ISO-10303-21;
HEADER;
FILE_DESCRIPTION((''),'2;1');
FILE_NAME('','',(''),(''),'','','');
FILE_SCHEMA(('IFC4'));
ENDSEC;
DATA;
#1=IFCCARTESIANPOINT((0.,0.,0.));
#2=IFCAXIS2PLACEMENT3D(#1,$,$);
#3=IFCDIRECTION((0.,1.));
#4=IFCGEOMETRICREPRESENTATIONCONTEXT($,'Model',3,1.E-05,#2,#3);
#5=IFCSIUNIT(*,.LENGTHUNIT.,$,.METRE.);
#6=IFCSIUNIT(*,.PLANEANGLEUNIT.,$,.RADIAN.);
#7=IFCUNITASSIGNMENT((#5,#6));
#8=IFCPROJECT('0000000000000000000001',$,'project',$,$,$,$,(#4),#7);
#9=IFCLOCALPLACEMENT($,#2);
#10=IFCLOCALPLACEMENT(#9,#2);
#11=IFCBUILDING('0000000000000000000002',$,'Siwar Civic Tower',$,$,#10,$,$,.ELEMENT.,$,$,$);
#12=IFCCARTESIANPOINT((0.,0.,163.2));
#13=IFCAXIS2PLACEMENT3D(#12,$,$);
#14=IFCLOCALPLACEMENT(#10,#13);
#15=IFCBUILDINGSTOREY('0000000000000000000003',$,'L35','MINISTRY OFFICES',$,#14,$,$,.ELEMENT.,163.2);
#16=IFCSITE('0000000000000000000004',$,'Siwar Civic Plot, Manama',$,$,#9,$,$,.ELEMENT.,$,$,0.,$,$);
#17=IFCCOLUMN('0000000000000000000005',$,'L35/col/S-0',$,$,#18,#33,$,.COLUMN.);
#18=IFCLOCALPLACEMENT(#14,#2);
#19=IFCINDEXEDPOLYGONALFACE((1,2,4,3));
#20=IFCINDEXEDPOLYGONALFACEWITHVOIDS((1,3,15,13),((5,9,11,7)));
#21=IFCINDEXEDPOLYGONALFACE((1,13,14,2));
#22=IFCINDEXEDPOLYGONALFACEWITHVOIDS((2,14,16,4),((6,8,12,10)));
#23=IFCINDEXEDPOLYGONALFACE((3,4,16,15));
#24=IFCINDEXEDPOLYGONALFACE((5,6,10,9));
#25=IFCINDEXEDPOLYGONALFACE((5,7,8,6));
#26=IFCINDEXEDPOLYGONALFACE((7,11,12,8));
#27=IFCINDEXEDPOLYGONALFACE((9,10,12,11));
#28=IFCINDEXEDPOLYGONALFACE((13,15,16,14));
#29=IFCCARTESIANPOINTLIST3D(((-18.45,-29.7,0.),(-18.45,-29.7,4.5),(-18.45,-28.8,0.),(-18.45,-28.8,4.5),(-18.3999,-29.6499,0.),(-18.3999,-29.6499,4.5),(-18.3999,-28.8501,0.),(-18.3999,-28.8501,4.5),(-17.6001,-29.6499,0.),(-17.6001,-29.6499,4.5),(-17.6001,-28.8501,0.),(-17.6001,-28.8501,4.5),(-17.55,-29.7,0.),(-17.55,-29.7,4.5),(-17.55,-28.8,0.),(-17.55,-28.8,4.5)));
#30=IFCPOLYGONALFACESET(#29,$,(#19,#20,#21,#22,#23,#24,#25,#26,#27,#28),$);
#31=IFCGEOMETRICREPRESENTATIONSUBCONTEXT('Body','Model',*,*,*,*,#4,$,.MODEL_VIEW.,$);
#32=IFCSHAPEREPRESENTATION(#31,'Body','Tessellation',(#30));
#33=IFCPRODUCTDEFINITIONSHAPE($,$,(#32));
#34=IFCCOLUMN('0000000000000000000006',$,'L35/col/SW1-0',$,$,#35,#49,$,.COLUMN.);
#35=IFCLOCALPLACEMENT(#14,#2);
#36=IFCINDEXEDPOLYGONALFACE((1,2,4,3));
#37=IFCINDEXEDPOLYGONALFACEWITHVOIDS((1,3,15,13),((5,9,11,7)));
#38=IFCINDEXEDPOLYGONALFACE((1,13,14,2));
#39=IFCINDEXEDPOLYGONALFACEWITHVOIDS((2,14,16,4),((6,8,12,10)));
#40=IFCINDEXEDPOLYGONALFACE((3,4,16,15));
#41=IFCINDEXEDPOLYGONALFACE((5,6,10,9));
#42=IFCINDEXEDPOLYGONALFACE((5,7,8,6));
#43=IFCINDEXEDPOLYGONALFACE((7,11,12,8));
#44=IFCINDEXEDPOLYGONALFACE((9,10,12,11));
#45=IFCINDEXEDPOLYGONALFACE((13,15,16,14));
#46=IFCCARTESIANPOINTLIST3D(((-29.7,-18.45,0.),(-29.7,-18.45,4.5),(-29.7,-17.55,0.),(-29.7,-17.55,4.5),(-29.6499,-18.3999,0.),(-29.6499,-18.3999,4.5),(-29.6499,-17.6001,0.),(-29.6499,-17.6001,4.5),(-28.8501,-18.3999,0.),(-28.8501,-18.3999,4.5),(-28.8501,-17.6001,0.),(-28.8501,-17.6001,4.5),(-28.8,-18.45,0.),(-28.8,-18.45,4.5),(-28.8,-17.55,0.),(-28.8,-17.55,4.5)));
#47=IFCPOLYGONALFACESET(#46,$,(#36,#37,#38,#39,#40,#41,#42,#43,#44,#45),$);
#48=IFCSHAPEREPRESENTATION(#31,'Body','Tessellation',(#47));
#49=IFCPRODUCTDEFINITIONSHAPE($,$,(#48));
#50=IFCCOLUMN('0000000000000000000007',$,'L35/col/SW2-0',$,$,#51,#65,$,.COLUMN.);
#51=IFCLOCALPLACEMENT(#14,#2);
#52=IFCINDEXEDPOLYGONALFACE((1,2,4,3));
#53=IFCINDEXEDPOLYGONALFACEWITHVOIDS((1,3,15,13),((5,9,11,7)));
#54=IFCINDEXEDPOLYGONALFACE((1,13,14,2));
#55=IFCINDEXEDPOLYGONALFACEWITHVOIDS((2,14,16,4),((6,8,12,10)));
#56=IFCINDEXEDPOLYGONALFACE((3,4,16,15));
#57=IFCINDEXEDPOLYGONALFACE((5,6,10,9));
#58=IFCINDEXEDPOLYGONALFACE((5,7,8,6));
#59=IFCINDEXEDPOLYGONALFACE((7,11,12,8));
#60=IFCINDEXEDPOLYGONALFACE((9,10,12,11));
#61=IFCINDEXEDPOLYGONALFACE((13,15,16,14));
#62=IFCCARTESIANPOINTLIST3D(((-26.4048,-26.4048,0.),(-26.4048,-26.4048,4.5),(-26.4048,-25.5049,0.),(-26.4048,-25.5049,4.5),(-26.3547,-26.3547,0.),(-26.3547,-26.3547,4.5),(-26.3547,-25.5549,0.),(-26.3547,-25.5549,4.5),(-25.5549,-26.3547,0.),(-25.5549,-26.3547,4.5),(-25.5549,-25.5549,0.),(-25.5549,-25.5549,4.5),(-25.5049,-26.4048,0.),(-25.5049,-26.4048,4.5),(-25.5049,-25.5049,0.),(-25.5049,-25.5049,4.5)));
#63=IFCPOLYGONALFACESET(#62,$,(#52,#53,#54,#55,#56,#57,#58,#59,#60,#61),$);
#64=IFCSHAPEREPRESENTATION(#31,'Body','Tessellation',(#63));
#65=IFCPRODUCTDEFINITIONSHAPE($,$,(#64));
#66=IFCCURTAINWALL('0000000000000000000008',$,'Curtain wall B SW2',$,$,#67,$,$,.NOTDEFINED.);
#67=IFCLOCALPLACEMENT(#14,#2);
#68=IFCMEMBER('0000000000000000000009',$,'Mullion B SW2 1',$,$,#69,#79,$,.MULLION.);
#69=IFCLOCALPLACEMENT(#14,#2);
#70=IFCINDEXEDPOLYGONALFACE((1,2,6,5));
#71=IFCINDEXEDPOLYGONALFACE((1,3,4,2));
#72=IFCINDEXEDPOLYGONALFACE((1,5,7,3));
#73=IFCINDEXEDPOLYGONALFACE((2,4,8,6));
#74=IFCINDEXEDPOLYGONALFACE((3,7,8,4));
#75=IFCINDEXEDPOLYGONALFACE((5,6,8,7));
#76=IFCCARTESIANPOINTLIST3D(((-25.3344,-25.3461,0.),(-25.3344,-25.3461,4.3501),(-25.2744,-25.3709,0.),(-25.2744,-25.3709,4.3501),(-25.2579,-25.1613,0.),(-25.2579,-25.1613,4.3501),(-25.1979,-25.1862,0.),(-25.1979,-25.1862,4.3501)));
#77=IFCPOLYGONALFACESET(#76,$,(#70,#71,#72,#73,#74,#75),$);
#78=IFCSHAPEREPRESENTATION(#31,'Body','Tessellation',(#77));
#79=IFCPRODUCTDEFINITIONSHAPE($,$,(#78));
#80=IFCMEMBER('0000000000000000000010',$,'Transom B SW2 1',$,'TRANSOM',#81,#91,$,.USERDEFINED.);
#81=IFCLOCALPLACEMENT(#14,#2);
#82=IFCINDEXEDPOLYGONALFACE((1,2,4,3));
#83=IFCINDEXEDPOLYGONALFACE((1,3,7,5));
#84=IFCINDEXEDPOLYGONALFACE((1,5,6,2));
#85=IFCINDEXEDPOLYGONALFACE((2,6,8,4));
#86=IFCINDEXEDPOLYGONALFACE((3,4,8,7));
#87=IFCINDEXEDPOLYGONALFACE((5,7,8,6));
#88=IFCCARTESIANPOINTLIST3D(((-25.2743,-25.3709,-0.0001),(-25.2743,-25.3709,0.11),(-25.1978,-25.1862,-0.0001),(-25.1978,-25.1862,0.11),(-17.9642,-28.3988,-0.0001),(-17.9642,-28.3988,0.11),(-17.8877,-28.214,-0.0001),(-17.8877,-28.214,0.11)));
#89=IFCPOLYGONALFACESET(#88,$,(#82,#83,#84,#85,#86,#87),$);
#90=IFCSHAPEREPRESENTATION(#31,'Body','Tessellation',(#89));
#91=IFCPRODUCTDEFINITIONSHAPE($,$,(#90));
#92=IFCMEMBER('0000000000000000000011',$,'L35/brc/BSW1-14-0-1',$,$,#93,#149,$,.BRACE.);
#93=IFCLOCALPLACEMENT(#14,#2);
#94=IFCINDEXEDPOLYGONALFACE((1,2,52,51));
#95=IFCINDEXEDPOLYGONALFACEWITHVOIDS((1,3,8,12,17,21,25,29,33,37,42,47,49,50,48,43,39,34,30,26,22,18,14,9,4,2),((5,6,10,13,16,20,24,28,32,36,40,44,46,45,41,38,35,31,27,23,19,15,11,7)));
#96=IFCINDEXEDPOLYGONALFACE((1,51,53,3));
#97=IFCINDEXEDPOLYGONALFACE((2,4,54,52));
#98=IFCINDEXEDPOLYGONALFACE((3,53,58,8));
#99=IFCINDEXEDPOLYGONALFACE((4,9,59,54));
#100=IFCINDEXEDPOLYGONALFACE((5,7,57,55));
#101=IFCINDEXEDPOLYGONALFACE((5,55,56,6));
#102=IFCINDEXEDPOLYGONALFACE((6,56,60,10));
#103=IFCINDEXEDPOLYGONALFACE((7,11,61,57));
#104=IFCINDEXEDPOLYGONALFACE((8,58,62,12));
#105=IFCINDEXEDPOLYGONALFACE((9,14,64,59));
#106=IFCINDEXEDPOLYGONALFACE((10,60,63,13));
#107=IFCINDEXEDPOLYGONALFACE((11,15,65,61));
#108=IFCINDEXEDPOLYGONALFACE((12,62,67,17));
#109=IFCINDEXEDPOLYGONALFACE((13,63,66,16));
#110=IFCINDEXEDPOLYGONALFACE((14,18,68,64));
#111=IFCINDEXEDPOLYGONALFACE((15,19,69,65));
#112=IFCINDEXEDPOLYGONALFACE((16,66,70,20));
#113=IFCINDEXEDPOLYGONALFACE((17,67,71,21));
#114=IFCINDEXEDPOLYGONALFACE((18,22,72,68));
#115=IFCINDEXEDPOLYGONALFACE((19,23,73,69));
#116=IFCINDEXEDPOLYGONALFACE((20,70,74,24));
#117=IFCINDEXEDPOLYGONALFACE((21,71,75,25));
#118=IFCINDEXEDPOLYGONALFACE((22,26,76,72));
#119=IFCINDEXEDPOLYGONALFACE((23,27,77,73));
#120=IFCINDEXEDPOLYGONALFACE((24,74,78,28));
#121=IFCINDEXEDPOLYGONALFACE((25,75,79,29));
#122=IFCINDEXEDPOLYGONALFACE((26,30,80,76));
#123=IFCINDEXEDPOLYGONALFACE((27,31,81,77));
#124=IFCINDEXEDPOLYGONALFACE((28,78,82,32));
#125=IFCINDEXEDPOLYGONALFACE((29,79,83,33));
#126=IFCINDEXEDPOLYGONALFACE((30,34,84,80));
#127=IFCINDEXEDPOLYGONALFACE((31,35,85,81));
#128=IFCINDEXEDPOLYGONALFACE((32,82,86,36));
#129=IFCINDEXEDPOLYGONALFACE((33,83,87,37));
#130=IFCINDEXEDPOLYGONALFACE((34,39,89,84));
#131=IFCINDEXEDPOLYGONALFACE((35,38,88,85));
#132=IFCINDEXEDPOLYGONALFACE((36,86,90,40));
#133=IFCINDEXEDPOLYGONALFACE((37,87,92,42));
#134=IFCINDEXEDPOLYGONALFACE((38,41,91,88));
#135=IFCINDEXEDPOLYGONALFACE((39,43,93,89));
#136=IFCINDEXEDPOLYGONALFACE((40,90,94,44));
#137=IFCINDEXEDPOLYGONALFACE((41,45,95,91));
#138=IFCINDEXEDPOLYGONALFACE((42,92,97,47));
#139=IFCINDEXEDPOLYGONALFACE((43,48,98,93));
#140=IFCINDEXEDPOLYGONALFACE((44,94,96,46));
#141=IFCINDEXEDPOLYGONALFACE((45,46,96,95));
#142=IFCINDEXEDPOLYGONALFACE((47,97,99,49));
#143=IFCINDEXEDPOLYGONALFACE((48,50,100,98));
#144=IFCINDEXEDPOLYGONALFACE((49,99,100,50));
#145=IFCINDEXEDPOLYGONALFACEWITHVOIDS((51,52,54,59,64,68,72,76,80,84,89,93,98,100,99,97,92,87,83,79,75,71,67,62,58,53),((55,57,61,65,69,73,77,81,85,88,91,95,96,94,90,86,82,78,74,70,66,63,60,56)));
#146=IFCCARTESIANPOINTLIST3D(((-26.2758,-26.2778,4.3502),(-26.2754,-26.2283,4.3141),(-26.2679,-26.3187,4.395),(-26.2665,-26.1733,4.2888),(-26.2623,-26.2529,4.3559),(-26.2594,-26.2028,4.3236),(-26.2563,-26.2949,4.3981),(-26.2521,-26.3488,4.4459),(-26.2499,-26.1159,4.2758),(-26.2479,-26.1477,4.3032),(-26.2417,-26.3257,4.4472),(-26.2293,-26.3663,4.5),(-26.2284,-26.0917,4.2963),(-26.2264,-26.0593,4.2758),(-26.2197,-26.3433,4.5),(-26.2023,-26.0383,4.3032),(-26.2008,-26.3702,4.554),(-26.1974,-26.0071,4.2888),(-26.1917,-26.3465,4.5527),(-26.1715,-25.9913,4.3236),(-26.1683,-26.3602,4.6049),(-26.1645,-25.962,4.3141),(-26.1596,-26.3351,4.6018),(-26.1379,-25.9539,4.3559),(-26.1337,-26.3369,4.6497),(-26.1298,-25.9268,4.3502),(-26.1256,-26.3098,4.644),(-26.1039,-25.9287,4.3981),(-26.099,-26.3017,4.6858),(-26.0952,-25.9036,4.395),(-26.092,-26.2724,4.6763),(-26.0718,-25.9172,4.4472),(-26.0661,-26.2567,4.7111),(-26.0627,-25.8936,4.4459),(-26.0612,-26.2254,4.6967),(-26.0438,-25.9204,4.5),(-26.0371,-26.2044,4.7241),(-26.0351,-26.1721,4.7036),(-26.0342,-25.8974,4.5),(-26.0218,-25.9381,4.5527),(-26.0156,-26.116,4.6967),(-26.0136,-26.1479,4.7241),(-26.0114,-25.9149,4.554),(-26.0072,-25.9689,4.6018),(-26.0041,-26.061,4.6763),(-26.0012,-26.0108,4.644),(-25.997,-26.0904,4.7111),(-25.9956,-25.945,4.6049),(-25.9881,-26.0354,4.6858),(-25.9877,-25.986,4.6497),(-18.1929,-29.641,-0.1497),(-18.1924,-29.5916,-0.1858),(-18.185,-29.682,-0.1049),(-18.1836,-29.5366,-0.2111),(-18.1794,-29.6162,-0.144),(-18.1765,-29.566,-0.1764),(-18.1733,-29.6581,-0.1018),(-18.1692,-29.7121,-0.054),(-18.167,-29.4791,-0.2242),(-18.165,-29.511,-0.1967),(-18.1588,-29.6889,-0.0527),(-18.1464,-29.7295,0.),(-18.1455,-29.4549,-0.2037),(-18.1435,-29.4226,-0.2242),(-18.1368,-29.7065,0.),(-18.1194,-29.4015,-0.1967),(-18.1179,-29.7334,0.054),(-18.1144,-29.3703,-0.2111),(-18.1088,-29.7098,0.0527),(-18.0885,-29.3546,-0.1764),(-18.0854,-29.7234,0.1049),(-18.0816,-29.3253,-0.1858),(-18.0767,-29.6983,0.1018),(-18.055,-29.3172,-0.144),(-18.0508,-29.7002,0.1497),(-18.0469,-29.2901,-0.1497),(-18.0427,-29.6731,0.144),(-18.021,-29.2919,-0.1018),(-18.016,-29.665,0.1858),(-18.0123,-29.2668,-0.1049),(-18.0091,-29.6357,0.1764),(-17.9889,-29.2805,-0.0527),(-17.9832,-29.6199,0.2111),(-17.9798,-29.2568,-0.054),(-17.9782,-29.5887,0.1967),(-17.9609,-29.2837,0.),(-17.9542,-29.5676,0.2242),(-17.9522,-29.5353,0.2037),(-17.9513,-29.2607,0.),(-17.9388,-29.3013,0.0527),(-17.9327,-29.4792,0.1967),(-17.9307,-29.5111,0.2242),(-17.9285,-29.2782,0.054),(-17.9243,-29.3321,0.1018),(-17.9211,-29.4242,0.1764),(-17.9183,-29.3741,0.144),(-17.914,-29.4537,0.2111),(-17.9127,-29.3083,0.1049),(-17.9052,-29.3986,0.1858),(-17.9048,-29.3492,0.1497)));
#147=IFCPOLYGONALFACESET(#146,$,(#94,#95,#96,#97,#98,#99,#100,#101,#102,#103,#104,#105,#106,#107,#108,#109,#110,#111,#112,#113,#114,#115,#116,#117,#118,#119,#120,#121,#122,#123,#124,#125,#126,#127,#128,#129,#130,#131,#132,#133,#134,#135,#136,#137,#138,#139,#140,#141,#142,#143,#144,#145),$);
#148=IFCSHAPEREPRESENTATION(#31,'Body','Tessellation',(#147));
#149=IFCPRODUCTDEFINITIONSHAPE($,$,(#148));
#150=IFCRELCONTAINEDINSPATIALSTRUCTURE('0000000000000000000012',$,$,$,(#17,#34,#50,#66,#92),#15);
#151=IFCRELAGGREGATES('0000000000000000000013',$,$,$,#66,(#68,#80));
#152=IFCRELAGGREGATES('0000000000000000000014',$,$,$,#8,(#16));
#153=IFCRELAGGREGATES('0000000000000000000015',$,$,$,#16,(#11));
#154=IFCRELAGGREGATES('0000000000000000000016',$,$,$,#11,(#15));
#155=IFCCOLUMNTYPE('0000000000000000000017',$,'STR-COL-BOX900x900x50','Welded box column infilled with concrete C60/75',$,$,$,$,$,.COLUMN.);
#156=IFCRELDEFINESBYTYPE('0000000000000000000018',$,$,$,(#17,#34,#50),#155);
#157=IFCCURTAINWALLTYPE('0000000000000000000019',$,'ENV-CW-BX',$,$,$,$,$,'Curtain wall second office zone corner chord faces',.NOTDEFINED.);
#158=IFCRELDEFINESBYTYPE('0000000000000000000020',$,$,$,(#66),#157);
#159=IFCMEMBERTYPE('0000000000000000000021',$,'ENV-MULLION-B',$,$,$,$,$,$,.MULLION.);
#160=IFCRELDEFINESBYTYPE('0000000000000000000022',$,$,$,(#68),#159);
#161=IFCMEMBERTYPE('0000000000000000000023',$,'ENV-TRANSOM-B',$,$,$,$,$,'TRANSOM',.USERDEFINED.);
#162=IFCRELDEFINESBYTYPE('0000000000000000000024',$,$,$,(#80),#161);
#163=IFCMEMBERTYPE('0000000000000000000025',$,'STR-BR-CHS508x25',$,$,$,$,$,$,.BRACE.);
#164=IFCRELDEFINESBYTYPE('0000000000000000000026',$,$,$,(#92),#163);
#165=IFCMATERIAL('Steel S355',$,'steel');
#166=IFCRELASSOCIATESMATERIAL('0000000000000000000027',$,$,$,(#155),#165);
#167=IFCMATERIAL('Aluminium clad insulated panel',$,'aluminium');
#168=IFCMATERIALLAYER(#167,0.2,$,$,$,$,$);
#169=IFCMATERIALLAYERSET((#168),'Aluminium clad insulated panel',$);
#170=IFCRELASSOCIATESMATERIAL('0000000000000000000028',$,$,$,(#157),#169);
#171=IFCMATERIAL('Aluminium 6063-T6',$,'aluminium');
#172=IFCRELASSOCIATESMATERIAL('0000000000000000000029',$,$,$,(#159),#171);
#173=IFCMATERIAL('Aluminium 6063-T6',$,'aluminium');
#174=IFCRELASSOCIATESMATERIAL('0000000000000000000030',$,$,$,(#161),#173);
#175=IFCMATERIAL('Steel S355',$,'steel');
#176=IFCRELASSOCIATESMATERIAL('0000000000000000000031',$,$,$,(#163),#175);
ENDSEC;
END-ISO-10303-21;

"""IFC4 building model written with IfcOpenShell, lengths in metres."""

from ifc_helpers import new_model, si_unit, direction, frame, origin, origin_2d, place, context, subcontext, project, spatial, rectangle, hollow_rectangle, hollow_circle, extrude, material, layer, layer_set, material_profile, profile_set, type_object, element, aggregate, save


model = new_model("IFC4")

# Units and contexts
model_context = context("Model", 3, precision=1e-05, world=origin(), true_north=direction((0.0, 1.0)))
body_context = subcontext(model_context, "Body", "Model", "MODEL_VIEW")
ifc_project = project(units=[si_unit("LENGTHUNIT", "METRE"), si_unit("PLANEANGLEUNIT", "RADIAN")], contexts=[model_context])

# Site, building, storey
site_placement = place(None, origin())
site = spatial("IfcSite", under=ifc_project, at=site_placement, Name="Siwar Civic Plot, Manama", CompositionType="ELEMENT", RefElevation=0.0)
building_placement = place(site_placement, origin())
building = spatial("IfcBuilding", under=site, at=building_placement, Name="Siwar Civic Tower", CompositionType="ELEMENT")
storey_placement = place(building_placement, frame((0.0, 0.0, 163.2)))
storey = spatial("IfcBuildingStorey", under=building, at=storey_placement, Name="L35", Description="MINISTRY OFFICES", CompositionType="ELEMENT", Elevation=163.2)

# Columns
ifc_material_1 = material(Name="Steel S355", Category="steel")
ifc_material_profile_1 = material_profile(ifc_material_1, hollow_rectangle(XDim=0.8999, YDim=0.8999, WallThickness=0.05, at=origin_2d()), Name="BOX900x900x50")
ifc_profile_set_1 = profile_set([ifc_material_profile_1], Name="Steel S355")
column_type = type_object("IfcColumnType", Name="STR-COL-BOX900x900x50", Description="Welded box column infilled with concrete C60/75", PredefinedType="COLUMN", material=ifc_profile_set_1)
for number, where, z_axis, x_axis, name in (
    (1, (-18.0, -29.25, 0.0), (0.0, 0.0, 1.0), (1.0, 0.0, 0.0), "L35/col/S-0"),
    (2, (-29.25, -18.0, 0.0), (0.0, 0.0, 1.0), (1.0, 0.0, 0.0), "L35/col/SW1-0"),
    (3, (-25.9548, -25.9548, 0.0), (0.0, 0.0, 1.0), (1.0, 0.0, 0.0), "L35/col/SW2-0"),
):
    element("IfcColumn", number, at=place(storey_placement, frame(where, z_axis=z_axis, x_axis=x_axis)), inside=storey, type_object=column_type, Name=name, PredefinedType="COLUMN", context=body_context, shape_type="SweptSolid", body=[
        extrude(hollow_rectangle(XDim=0.8999, YDim=0.8999, WallThickness=0.05, at=origin_2d()), origin(), (0.0, 0.0, 1.0), 4.5),
    ])

# Curtain wall, members
ifc_material_2 = material(Name="Aluminium clad insulated panel", Category="aluminium")
ifc_layer_1 = layer(ifc_material_2, 0.2)
ifc_layer_set_1 = layer_set([ifc_layer_1], Name="Aluminium clad insulated panel")
curtain_wall_type = type_object("IfcCurtainWallType", Name="ENV-CW-BX", ElementType="Curtain wall second office zone corner chord faces", PredefinedType="NOTDEFINED", material=ifc_layer_set_1)
curtain_wall_1_placement = place(storey_placement, origin())
curtain_wall_1 = element("IfcCurtainWall", 4, at=curtain_wall_1_placement, inside=storey, type_object=curtain_wall_type, Name="Curtain wall B SW2", PredefinedType="NOTDEFINED")
ifc_material_3 = material(Name="Aluminium 6063-T6", Category="aluminium")
ifc_material_profile_2 = material_profile(ifc_material_3, rectangle(XDim=0.2, YDim=0.0649, at=origin_2d()), Name="AL 200x65")
ifc_profile_set_2 = profile_set([ifc_material_profile_2], Name="Aluminium 6063-T6")
member_type_1 = type_object("IfcMemberType", Name="ENV-MULLION-B", PredefinedType="MULLION", material=ifc_profile_set_2)
member_1_placement = place(storey_placement, frame((-25.2661, -25.2661, 0.0), z_axis=(0.0, 0.0, 1.0), x_axis=(0.382683, 0.92388, 0.0)))
member_1 = element("IfcMember", 5, at=member_1_placement, type_object=member_type_1, Name="Mullion B SW2 1", PredefinedType="MULLION", context=body_context, shape_type="SweptSolid", body=[
    extrude(rectangle(XDim=0.2, YDim=0.0649, at=origin_2d()), origin(), (0.0, 0.0, 1.0), 4.3501),
])
ifc_material_4 = material(Name="Aluminium 6063-T6", Category="aluminium")
ifc_material_profile_3 = material_profile(ifc_material_4, rectangle(XDim=0.2, YDim=0.1101, at=origin_2d()), Name="AL 200x110")
ifc_profile_set_3 = profile_set([ifc_material_profile_3], Name="Aluminium 6063-T6")
member_type_2 = type_object("IfcMemberType", Name="ENV-TRANSOM-B", ElementType="TRANSOM", PredefinedType="USERDEFINED", material=ifc_profile_set_3)
member_2_placement = place(storey_placement, frame((-25.2361, -25.2786, 0.0549), z_axis=(0.923884, -0.382673, 0.0), x_axis=(0.382673, 0.923884, 0.0)))
member_2 = element("IfcMember", 6, at=member_2_placement, type_object=member_type_2, Name="Transom B SW2 1", ObjectType="TRANSOM", PredefinedType="USERDEFINED", context=body_context, shape_type="SweptSolid", body=[
    extrude(rectangle(XDim=0.2, YDim=0.1101, at=origin_2d()), origin(), (0.0, 0.0, 1.0), 7.9124),
])

# Member
ifc_material_5 = material(Name="Steel S355", Category="steel")
ifc_material_profile_4 = material_profile(ifc_material_5, hollow_circle(Radius=0.2539, WallThickness=0.0249, at=origin_2d()), Name="CHS508x25")
ifc_profile_set_4 = profile_set([ifc_material_profile_4], Name="Steel S355")
member_type_3 = type_object("IfcMemberType", Name="STR-BR-CHS508x25", PredefinedType="BRACE", material=ifc_profile_set_4)
member_3_placement = place(storey_placement, frame((-18.0488, -29.4951, 0.0), z_axis=(-0.821143, 0.341671, 0.457149), x_axis=(-0.384164, -0.923265, 0.0)))
element("IfcMember", 7, at=member_3_placement, inside=storey, type_object=member_type_3, Name="L35/brc/BSW1-14-0-1", PredefinedType="BRACE", context=body_context, shape_type="SweptSolid", body=[
    extrude(hollow_circle(Radius=0.2539, WallThickness=0.0249, at=origin_2d()), origin(), (0.0, 0.0, 1.0), 9.8435),
])

aggregate(curtain_wall_1, [member_1, member_2])

save(model, "model.ifc")
